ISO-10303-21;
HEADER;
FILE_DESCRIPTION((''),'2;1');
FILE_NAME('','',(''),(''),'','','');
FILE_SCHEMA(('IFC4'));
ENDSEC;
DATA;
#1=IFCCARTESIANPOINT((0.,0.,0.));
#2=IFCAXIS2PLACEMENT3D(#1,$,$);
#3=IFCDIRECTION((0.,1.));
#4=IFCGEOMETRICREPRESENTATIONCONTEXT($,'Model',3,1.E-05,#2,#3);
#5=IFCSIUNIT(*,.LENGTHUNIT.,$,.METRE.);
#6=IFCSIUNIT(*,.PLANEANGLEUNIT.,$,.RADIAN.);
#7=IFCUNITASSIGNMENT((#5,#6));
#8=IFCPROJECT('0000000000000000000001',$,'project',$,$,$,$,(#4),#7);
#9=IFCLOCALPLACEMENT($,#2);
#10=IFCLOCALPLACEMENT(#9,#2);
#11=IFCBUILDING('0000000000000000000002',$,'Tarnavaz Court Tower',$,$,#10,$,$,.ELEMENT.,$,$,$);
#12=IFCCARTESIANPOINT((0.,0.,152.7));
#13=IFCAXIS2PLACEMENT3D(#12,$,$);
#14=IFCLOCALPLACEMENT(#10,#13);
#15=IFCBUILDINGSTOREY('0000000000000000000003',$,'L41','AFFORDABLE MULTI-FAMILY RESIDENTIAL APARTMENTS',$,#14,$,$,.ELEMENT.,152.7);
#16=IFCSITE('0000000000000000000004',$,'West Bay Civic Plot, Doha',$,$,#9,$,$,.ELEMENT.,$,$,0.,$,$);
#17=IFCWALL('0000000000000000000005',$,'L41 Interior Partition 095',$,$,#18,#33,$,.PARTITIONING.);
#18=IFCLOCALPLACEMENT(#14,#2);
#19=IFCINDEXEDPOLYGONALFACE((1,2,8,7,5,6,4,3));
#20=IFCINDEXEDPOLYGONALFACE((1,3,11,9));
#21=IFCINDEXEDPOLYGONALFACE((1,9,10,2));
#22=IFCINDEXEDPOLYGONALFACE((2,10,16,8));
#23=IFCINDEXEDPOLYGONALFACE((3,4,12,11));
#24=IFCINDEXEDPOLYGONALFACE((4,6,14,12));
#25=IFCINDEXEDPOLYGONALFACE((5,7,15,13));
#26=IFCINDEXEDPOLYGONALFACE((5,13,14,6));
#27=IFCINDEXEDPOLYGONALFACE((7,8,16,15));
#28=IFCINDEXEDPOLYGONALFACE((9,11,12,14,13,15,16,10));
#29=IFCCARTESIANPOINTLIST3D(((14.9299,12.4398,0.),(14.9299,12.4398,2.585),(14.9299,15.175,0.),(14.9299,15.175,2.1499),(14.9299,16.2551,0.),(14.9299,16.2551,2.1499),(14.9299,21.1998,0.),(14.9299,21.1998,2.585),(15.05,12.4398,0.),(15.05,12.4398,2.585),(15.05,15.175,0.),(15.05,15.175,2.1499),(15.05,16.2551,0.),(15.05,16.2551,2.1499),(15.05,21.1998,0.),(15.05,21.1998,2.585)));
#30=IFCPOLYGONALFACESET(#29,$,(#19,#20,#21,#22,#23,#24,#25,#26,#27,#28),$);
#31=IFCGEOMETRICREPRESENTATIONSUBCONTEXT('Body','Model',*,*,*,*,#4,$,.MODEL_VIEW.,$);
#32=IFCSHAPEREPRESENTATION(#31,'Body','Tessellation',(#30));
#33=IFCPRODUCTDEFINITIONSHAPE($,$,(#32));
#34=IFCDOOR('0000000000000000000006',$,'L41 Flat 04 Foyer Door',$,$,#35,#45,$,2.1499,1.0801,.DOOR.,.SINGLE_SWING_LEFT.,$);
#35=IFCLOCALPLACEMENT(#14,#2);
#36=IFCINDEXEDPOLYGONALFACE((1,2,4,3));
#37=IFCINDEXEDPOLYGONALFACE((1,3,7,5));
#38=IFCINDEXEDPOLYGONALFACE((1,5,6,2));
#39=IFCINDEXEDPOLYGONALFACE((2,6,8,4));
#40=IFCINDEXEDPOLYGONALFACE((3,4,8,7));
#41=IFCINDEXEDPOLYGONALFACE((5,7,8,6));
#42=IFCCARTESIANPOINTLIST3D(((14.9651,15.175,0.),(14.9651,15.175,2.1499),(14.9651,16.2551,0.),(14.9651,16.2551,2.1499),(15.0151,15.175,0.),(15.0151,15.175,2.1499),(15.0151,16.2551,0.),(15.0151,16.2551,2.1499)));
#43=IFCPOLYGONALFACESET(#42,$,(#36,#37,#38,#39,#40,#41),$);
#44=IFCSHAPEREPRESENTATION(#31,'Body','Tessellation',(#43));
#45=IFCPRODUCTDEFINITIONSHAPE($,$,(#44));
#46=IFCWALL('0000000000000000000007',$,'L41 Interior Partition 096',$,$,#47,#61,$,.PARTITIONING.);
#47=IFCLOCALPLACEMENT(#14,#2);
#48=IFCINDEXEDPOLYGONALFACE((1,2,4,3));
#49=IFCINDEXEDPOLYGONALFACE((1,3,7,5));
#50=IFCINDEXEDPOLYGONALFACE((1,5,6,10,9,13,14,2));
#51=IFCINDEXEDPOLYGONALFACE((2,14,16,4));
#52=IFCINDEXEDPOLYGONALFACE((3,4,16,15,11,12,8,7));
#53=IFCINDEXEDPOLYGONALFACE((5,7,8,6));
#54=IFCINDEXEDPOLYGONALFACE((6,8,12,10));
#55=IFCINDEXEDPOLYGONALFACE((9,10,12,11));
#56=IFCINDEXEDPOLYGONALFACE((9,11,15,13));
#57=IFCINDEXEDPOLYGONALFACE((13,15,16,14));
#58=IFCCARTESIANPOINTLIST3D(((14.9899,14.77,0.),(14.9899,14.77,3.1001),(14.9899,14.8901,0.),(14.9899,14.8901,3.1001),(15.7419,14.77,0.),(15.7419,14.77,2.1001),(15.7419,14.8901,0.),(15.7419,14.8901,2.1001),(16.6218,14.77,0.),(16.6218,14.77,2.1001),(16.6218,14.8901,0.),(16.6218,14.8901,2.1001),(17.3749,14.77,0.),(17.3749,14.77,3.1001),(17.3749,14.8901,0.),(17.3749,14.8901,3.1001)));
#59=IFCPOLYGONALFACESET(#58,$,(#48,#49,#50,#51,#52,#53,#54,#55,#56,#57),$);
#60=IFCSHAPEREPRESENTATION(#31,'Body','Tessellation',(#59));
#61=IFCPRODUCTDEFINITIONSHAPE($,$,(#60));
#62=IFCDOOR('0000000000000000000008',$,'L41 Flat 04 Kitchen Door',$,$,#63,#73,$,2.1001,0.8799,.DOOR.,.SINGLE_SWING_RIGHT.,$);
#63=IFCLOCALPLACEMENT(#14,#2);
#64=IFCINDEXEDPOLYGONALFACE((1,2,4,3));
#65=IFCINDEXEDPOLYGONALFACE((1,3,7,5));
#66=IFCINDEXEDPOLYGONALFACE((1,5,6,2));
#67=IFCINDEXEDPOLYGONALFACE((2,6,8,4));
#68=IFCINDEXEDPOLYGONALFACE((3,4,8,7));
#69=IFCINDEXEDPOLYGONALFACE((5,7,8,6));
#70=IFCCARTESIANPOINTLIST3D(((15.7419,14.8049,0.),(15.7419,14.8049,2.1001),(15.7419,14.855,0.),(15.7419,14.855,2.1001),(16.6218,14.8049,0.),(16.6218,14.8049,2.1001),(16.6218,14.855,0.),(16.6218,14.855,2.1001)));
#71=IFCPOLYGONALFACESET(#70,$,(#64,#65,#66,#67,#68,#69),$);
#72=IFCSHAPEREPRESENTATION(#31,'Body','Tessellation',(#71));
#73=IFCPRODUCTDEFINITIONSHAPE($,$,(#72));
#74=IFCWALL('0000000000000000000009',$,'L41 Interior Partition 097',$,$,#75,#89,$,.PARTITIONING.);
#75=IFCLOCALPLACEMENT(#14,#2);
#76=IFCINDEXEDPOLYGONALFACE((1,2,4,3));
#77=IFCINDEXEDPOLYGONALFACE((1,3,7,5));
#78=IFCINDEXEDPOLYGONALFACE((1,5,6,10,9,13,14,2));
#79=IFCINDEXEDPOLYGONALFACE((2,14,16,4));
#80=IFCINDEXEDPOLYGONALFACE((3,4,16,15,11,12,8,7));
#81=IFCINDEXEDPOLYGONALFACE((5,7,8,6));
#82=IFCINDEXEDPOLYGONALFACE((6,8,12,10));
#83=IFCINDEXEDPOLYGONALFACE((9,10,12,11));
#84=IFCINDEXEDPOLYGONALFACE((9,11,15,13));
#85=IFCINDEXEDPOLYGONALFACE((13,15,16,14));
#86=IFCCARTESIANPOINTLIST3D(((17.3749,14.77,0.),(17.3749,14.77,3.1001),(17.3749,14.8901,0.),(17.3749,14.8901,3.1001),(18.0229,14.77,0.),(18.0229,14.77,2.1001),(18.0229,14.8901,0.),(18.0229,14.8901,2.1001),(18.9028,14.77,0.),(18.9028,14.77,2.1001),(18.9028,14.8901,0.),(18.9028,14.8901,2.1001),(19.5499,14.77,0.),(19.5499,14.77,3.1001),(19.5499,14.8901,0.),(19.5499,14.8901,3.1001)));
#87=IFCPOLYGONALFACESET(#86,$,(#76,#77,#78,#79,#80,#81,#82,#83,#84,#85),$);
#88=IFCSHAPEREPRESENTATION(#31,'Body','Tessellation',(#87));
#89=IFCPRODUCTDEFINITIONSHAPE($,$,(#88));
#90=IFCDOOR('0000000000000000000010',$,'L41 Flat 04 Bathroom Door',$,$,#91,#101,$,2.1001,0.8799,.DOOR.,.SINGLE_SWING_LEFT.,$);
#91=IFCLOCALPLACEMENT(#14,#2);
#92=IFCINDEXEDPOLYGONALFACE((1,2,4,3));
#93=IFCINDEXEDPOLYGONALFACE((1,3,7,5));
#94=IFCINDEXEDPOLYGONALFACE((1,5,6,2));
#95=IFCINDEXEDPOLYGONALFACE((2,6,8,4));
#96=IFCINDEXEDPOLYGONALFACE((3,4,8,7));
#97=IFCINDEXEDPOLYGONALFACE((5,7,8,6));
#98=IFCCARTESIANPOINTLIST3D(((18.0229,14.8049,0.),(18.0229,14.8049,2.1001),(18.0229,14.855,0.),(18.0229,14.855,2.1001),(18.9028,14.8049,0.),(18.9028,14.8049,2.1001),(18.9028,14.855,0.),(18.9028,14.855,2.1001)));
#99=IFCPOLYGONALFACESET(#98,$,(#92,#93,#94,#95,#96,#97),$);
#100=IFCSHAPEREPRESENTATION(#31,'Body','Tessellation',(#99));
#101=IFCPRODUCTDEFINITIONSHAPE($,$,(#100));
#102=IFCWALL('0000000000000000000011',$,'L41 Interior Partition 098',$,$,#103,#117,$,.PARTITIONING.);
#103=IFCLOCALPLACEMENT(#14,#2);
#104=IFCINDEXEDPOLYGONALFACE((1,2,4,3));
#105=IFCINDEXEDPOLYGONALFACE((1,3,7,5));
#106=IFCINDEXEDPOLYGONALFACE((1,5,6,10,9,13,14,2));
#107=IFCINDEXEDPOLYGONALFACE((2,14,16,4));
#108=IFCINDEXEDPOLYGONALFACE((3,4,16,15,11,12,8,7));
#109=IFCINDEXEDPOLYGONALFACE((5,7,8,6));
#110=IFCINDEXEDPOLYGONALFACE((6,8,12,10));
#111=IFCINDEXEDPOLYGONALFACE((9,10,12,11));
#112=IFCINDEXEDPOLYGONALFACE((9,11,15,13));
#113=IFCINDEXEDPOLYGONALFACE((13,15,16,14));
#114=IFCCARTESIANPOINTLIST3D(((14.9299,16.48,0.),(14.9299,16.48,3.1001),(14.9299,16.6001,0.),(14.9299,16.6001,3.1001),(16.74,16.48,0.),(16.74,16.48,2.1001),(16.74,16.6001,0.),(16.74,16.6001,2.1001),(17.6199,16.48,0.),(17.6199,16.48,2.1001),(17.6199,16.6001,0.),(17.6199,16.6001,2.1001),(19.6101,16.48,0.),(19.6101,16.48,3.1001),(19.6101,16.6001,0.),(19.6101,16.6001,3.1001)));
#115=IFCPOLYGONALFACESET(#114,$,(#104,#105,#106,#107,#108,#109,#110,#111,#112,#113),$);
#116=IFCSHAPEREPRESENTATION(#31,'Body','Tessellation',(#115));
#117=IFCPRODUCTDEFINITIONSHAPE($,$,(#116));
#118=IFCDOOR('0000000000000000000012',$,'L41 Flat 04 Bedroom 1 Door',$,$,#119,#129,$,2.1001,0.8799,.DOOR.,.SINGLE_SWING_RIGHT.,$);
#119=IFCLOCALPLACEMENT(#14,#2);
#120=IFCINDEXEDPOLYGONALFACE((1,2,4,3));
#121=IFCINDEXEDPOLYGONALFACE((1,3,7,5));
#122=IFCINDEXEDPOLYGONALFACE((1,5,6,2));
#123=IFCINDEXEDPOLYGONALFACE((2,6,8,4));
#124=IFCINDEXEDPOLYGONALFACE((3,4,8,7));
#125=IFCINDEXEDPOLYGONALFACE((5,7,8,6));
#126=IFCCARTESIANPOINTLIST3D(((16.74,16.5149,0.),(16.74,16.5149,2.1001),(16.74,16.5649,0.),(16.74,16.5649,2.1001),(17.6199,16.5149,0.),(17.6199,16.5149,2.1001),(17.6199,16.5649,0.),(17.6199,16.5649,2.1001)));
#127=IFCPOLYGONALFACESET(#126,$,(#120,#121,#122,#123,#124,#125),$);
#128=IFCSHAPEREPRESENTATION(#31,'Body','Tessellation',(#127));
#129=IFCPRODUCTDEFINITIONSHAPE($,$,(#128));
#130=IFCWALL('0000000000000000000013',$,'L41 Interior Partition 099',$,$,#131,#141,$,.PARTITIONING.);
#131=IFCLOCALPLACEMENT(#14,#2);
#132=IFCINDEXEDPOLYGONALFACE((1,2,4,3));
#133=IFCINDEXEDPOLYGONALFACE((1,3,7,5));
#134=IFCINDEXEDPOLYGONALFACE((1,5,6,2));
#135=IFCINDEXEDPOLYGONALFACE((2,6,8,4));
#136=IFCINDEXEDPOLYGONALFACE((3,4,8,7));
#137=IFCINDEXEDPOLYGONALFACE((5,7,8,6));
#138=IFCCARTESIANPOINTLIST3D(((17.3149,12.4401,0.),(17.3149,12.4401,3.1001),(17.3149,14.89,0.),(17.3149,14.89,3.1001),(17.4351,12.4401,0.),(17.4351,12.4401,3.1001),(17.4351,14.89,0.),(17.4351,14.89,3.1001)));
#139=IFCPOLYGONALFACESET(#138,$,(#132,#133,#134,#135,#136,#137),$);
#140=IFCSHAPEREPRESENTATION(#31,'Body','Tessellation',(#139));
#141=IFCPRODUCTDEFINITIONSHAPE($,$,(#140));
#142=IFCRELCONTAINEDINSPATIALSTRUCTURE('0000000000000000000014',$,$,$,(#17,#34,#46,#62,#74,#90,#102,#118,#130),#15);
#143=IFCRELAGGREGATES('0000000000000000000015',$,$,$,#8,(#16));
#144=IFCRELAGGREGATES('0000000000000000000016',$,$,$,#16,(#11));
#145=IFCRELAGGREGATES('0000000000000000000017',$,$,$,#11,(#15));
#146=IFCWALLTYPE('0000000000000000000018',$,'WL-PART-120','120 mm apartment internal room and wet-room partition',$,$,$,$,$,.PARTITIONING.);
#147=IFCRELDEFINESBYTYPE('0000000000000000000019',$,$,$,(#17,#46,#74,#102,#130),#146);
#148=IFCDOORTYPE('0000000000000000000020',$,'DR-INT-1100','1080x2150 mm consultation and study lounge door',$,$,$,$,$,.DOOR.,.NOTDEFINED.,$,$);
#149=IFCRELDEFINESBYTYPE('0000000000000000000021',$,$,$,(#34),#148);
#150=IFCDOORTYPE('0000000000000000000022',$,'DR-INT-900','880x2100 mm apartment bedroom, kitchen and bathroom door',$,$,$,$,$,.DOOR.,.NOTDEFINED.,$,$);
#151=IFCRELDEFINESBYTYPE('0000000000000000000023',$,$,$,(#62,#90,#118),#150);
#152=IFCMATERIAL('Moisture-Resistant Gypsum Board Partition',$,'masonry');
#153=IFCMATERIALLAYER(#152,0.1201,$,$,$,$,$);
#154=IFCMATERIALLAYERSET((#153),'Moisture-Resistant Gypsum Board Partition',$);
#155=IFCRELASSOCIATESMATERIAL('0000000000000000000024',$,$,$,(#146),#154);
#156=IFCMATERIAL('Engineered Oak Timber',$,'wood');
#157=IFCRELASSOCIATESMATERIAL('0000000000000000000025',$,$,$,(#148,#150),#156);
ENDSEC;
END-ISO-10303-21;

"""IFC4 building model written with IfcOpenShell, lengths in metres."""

from ifc_helpers import new_model, si_unit, direction, frame, frame_2d, origin, place, context, subcontext, project, spatial, rectangle, extrude, material, layer, layer_set, type_object, element, fill, save


model = new_model("IFC4")

# Units and contexts
model_context = context("Model", 3, precision=1e-05, world=origin(), true_north=direction((0.0, 1.0)))
body_context = subcontext(model_context, "Body", "Model", "MODEL_VIEW")
ifc_project = project(units=[si_unit("LENGTHUNIT", "METRE"), si_unit("PLANEANGLEUNIT", "RADIAN")], contexts=[model_context])

# Site, building, storey
site_placement = place(None, origin())
site = spatial("IfcSite", under=ifc_project, at=site_placement, Name="West Bay Civic Plot, Doha", CompositionType="ELEMENT", RefElevation=0.0)
building_placement = place(site_placement, origin())
building = spatial("IfcBuilding", under=site, at=building_placement, Name="Tarnavaz Court Tower", CompositionType="ELEMENT")
storey_placement = place(building_placement, frame((0.0, 0.0, 152.7)))
storey = spatial("IfcBuildingStorey", under=building, at=storey_placement, Name="L41", Description="AFFORDABLE MULTI-FAMILY RESIDENTIAL APARTMENTS", CompositionType="ELEMENT", Elevation=152.7)

# Walls, openings, doors
ifc_material_1 = material(Name="Moisture-Resistant Gypsum Board Partition", Category="masonry")
ifc_layer_1 = layer(ifc_material_1, 0.1201)
ifc_layer_set_1 = layer_set([ifc_layer_1], Name="Moisture-Resistant Gypsum Board Partition")
wall_type_1 = type_object("IfcWallType", Name="WL-PART-120", Description="120 mm apartment internal room and wet-room partition", PredefinedType="PARTITIONING", material=ifc_layer_set_1)
wall_1_placement = place(storey_placement, frame((14.99, 12.4399, 0.0), z_axis=(0.0, 0.0, 1.0), x_axis=(0.0, 1.0, 0.0)))
wall_1 = element("IfcWall", 1, at=wall_1_placement, inside=storey, type_object=wall_type_1, Name="L41 Interior Partition 095", PredefinedType="PARTITIONING", context=body_context, shape_type="SweptSolid", body=[
    extrude(rectangle(XDim=8.76, YDim=0.1201, at=frame_2d((4.3799, 0.0))), origin(), (0.0, 0.0, 1.0), 2.585),
])
opening_1_placement = place(wall_1_placement, frame((2.7351, 0.0, 0.0)))
opening_1 = element("IfcOpeningElement", 2, at=opening_1_placement, cuts=wall_1, PredefinedType="OPENING", context=body_context, shape_type="SweptSolid", body=[
    extrude(rectangle(XDim=1.0801, YDim=2.1499, at=frame_2d((0.54, 1.075))), frame((0.0, 0.0701, 0.0), z_axis=(0.0, -1.0, 0.0), x_axis=(1.0, 0.0, 0.0)), (0.0, 0.0, 1.0), 0.1401),
])
ifc_material_2 = material(Name="Engineered Oak Timber", Category="wood")
door_type_1 = type_object("IfcDoorType", Name="DR-INT-1100", Description="1080x2150 mm consultation and study lounge door", OperationType="NOTDEFINED", PredefinedType="DOOR", material=ifc_material_2)
door_1_placement = place(opening_1_placement, origin())
door_1 = element("IfcDoor", 3, at=door_1_placement, inside=storey, type_object=door_type_1, Name="L41 Flat 04 Foyer Door", OperationType="SINGLE_SWING_LEFT", OverallHeight=2.1499, OverallWidth=1.0801, PredefinedType="DOOR", context=body_context, shape_type="SweptSolid", body=[
    extrude(rectangle(XDim=1.0801, YDim=2.1499, at=frame_2d((0.54, 1.075))), frame((0.0, 0.0249, 0.0), z_axis=(0.0, -1.0, 0.0), x_axis=(1.0, 0.0, 0.0)), (0.0, 0.0, 1.0), 0.05),
])
fill(opening_1, door_1)
wall_2_placement = place(storey_placement, frame((14.99, 14.8301, 0.0), z_axis=(0.0, 0.0, 1.0), x_axis=(1.0, 0.0, 0.0)))
wall_2 = element("IfcWall", 4, at=wall_2_placement, inside=storey, type_object=wall_type_1, Name="L41 Interior Partition 096", PredefinedType="PARTITIONING", context=body_context, shape_type="SweptSolid", body=[
    extrude(rectangle(XDim=2.385, YDim=0.1201, at=frame_2d((1.1924, 0.0))), origin(), (0.0, 0.0, 1.0), 3.1001),
])
opening_2_placement = place(wall_2_placement, frame((0.752, 0.0, 0.0)))
opening_2 = element("IfcOpeningElement", 5, at=opening_2_placement, cuts=wall_2, PredefinedType="OPENING", context=body_context, shape_type="SweptSolid", body=[
    extrude(rectangle(XDim=0.8799, YDim=2.1001, at=frame_2d((0.4399, 1.05))), frame((0.0, 0.0701, 0.0), z_axis=(0.0, -1.0, 0.0), x_axis=(1.0, 0.0, 0.0)), (0.0, 0.0, 1.0), 0.1401),
])
door_type_2 = type_object("IfcDoorType", Name="DR-INT-900", Description="880x2100 mm apartment bedroom, kitchen and bathroom door", OperationType="NOTDEFINED", PredefinedType="DOOR", material=ifc_material_2)
door_2_placement = place(opening_2_placement, origin())
door_2 = element("IfcDoor", 6, at=door_2_placement, inside=storey, type_object=door_type_2, Name="L41 Flat 04 Kitchen Door", OperationType="SINGLE_SWING_RIGHT", OverallHeight=2.1001, OverallWidth=0.8799, PredefinedType="DOOR", context=body_context, shape_type="SweptSolid", body=[
    extrude(rectangle(XDim=0.8799, YDim=2.1001, at=frame_2d((0.4399, 1.05))), frame((0.0, 0.0249, 0.0), z_axis=(0.0, -1.0, 0.0), x_axis=(1.0, 0.0, 0.0)), (0.0, 0.0, 1.0), 0.05),
])
fill(opening_2, door_2)
wall_3_placement = place(storey_placement, frame((17.375, 14.8301, 0.0), z_axis=(0.0, 0.0, 1.0), x_axis=(1.0, 0.0, 0.0)))
wall_3 = element("IfcWall", 7, at=wall_3_placement, inside=storey, type_object=wall_type_1, Name="L41 Interior Partition 097", PredefinedType="PARTITIONING", context=body_context, shape_type="SweptSolid", body=[
    extrude(rectangle(XDim=2.175, YDim=0.1201, at=frame_2d((1.0874, 0.0))), origin(), (0.0, 0.0, 1.0), 3.1001),
])
opening_3_placement = place(wall_3_placement, frame((0.6479, 0.0, 0.0)))
opening_3 = element("IfcOpeningElement", 8, at=opening_3_placement, cuts=wall_3, PredefinedType="OPENING", context=body_context, shape_type="SweptSolid", body=[
    extrude(rectangle(XDim=0.8799, YDim=2.1001, at=frame_2d((0.4399, 1.05))), frame((0.0, 0.0701, 0.0), z_axis=(0.0, -1.0, 0.0), x_axis=(1.0, 0.0, 0.0)), (0.0, 0.0, 1.0), 0.1401),
])
door_3_placement = place(opening_3_placement, origin())
door_3 = element("IfcDoor", 9, at=door_3_placement, inside=storey, type_object=door_type_2, Name="L41 Flat 04 Bathroom Door", OperationType="SINGLE_SWING_LEFT", OverallHeight=2.1001, OverallWidth=0.8799, PredefinedType="DOOR", context=body_context, shape_type="SweptSolid", body=[
    extrude(rectangle(XDim=0.8799, YDim=2.1001, at=frame_2d((0.4399, 1.05))), frame((0.0, 0.0249, 0.0), z_axis=(0.0, -1.0, 0.0), x_axis=(1.0, 0.0, 0.0)), (0.0, 0.0, 1.0), 0.05),
])
fill(opening_3, door_3)
wall_4_placement = place(storey_placement, frame((14.9299, 16.54, 0.0), z_axis=(0.0, 0.0, 1.0), x_axis=(1.0, 0.0, 0.0)))
wall_4 = element("IfcWall", 10, at=wall_4_placement, inside=storey, type_object=wall_type_1, Name="L41 Interior Partition 098", PredefinedType="PARTITIONING", context=body_context, shape_type="SweptSolid", body=[
    extrude(rectangle(XDim=4.6802, YDim=0.1201, at=frame_2d((2.3401, 0.0))), origin(), (0.0, 0.0, 1.0), 3.1001),
])
opening_4_placement = place(wall_4_placement, frame((1.8101, 0.0, 0.0)))
opening_4 = element("IfcOpeningElement", 11, at=opening_4_placement, cuts=wall_4, PredefinedType="OPENING", context=body_context, shape_type="SweptSolid", body=[
    extrude(rectangle(XDim=0.8799, YDim=2.1001, at=frame_2d((0.4399, 1.05))), frame((0.0, 0.0701, 0.0), z_axis=(0.0, -1.0, 0.0), x_axis=(1.0, 0.0, 0.0)), (0.0, 0.0, 1.0), 0.1401),
])
door_4_placement = place(opening_4_placement, origin())
door_4 = element("IfcDoor", 12, at=door_4_placement, inside=storey, type_object=door_type_2, Name="L41 Flat 04 Bedroom 1 Door", OperationType="SINGLE_SWING_RIGHT", OverallHeight=2.1001, OverallWidth=0.8799, PredefinedType="DOOR", context=body_context, shape_type="SweptSolid", body=[
    extrude(rectangle(XDim=0.8799, YDim=2.1001, at=frame_2d((0.4399, 1.05))), frame((0.0, 0.0249, 0.0), z_axis=(0.0, -1.0, 0.0), x_axis=(1.0, 0.0, 0.0)), (0.0, 0.0, 1.0), 0.05),
])
fill(opening_4, door_4)

# Wall
wall_5_placement = place(storey_placement, frame((17.375, 12.4399, 0.0), z_axis=(0.0, 0.0, 1.0), x_axis=(0.0, 1.0, 0.0)))
element("IfcWall", 13, at=wall_5_placement, inside=storey, type_object=wall_type_1, Name="L41 Interior Partition 099", PredefinedType="PARTITIONING", context=body_context, shape_type="SweptSolid", body=[
    extrude(rectangle(XDim=2.45, YDim=0.1201, at=frame_2d((1.2251, 0.0))), origin(), (0.0, 0.0, 1.0), 3.1001),
])

save(model, "model.ifc")
